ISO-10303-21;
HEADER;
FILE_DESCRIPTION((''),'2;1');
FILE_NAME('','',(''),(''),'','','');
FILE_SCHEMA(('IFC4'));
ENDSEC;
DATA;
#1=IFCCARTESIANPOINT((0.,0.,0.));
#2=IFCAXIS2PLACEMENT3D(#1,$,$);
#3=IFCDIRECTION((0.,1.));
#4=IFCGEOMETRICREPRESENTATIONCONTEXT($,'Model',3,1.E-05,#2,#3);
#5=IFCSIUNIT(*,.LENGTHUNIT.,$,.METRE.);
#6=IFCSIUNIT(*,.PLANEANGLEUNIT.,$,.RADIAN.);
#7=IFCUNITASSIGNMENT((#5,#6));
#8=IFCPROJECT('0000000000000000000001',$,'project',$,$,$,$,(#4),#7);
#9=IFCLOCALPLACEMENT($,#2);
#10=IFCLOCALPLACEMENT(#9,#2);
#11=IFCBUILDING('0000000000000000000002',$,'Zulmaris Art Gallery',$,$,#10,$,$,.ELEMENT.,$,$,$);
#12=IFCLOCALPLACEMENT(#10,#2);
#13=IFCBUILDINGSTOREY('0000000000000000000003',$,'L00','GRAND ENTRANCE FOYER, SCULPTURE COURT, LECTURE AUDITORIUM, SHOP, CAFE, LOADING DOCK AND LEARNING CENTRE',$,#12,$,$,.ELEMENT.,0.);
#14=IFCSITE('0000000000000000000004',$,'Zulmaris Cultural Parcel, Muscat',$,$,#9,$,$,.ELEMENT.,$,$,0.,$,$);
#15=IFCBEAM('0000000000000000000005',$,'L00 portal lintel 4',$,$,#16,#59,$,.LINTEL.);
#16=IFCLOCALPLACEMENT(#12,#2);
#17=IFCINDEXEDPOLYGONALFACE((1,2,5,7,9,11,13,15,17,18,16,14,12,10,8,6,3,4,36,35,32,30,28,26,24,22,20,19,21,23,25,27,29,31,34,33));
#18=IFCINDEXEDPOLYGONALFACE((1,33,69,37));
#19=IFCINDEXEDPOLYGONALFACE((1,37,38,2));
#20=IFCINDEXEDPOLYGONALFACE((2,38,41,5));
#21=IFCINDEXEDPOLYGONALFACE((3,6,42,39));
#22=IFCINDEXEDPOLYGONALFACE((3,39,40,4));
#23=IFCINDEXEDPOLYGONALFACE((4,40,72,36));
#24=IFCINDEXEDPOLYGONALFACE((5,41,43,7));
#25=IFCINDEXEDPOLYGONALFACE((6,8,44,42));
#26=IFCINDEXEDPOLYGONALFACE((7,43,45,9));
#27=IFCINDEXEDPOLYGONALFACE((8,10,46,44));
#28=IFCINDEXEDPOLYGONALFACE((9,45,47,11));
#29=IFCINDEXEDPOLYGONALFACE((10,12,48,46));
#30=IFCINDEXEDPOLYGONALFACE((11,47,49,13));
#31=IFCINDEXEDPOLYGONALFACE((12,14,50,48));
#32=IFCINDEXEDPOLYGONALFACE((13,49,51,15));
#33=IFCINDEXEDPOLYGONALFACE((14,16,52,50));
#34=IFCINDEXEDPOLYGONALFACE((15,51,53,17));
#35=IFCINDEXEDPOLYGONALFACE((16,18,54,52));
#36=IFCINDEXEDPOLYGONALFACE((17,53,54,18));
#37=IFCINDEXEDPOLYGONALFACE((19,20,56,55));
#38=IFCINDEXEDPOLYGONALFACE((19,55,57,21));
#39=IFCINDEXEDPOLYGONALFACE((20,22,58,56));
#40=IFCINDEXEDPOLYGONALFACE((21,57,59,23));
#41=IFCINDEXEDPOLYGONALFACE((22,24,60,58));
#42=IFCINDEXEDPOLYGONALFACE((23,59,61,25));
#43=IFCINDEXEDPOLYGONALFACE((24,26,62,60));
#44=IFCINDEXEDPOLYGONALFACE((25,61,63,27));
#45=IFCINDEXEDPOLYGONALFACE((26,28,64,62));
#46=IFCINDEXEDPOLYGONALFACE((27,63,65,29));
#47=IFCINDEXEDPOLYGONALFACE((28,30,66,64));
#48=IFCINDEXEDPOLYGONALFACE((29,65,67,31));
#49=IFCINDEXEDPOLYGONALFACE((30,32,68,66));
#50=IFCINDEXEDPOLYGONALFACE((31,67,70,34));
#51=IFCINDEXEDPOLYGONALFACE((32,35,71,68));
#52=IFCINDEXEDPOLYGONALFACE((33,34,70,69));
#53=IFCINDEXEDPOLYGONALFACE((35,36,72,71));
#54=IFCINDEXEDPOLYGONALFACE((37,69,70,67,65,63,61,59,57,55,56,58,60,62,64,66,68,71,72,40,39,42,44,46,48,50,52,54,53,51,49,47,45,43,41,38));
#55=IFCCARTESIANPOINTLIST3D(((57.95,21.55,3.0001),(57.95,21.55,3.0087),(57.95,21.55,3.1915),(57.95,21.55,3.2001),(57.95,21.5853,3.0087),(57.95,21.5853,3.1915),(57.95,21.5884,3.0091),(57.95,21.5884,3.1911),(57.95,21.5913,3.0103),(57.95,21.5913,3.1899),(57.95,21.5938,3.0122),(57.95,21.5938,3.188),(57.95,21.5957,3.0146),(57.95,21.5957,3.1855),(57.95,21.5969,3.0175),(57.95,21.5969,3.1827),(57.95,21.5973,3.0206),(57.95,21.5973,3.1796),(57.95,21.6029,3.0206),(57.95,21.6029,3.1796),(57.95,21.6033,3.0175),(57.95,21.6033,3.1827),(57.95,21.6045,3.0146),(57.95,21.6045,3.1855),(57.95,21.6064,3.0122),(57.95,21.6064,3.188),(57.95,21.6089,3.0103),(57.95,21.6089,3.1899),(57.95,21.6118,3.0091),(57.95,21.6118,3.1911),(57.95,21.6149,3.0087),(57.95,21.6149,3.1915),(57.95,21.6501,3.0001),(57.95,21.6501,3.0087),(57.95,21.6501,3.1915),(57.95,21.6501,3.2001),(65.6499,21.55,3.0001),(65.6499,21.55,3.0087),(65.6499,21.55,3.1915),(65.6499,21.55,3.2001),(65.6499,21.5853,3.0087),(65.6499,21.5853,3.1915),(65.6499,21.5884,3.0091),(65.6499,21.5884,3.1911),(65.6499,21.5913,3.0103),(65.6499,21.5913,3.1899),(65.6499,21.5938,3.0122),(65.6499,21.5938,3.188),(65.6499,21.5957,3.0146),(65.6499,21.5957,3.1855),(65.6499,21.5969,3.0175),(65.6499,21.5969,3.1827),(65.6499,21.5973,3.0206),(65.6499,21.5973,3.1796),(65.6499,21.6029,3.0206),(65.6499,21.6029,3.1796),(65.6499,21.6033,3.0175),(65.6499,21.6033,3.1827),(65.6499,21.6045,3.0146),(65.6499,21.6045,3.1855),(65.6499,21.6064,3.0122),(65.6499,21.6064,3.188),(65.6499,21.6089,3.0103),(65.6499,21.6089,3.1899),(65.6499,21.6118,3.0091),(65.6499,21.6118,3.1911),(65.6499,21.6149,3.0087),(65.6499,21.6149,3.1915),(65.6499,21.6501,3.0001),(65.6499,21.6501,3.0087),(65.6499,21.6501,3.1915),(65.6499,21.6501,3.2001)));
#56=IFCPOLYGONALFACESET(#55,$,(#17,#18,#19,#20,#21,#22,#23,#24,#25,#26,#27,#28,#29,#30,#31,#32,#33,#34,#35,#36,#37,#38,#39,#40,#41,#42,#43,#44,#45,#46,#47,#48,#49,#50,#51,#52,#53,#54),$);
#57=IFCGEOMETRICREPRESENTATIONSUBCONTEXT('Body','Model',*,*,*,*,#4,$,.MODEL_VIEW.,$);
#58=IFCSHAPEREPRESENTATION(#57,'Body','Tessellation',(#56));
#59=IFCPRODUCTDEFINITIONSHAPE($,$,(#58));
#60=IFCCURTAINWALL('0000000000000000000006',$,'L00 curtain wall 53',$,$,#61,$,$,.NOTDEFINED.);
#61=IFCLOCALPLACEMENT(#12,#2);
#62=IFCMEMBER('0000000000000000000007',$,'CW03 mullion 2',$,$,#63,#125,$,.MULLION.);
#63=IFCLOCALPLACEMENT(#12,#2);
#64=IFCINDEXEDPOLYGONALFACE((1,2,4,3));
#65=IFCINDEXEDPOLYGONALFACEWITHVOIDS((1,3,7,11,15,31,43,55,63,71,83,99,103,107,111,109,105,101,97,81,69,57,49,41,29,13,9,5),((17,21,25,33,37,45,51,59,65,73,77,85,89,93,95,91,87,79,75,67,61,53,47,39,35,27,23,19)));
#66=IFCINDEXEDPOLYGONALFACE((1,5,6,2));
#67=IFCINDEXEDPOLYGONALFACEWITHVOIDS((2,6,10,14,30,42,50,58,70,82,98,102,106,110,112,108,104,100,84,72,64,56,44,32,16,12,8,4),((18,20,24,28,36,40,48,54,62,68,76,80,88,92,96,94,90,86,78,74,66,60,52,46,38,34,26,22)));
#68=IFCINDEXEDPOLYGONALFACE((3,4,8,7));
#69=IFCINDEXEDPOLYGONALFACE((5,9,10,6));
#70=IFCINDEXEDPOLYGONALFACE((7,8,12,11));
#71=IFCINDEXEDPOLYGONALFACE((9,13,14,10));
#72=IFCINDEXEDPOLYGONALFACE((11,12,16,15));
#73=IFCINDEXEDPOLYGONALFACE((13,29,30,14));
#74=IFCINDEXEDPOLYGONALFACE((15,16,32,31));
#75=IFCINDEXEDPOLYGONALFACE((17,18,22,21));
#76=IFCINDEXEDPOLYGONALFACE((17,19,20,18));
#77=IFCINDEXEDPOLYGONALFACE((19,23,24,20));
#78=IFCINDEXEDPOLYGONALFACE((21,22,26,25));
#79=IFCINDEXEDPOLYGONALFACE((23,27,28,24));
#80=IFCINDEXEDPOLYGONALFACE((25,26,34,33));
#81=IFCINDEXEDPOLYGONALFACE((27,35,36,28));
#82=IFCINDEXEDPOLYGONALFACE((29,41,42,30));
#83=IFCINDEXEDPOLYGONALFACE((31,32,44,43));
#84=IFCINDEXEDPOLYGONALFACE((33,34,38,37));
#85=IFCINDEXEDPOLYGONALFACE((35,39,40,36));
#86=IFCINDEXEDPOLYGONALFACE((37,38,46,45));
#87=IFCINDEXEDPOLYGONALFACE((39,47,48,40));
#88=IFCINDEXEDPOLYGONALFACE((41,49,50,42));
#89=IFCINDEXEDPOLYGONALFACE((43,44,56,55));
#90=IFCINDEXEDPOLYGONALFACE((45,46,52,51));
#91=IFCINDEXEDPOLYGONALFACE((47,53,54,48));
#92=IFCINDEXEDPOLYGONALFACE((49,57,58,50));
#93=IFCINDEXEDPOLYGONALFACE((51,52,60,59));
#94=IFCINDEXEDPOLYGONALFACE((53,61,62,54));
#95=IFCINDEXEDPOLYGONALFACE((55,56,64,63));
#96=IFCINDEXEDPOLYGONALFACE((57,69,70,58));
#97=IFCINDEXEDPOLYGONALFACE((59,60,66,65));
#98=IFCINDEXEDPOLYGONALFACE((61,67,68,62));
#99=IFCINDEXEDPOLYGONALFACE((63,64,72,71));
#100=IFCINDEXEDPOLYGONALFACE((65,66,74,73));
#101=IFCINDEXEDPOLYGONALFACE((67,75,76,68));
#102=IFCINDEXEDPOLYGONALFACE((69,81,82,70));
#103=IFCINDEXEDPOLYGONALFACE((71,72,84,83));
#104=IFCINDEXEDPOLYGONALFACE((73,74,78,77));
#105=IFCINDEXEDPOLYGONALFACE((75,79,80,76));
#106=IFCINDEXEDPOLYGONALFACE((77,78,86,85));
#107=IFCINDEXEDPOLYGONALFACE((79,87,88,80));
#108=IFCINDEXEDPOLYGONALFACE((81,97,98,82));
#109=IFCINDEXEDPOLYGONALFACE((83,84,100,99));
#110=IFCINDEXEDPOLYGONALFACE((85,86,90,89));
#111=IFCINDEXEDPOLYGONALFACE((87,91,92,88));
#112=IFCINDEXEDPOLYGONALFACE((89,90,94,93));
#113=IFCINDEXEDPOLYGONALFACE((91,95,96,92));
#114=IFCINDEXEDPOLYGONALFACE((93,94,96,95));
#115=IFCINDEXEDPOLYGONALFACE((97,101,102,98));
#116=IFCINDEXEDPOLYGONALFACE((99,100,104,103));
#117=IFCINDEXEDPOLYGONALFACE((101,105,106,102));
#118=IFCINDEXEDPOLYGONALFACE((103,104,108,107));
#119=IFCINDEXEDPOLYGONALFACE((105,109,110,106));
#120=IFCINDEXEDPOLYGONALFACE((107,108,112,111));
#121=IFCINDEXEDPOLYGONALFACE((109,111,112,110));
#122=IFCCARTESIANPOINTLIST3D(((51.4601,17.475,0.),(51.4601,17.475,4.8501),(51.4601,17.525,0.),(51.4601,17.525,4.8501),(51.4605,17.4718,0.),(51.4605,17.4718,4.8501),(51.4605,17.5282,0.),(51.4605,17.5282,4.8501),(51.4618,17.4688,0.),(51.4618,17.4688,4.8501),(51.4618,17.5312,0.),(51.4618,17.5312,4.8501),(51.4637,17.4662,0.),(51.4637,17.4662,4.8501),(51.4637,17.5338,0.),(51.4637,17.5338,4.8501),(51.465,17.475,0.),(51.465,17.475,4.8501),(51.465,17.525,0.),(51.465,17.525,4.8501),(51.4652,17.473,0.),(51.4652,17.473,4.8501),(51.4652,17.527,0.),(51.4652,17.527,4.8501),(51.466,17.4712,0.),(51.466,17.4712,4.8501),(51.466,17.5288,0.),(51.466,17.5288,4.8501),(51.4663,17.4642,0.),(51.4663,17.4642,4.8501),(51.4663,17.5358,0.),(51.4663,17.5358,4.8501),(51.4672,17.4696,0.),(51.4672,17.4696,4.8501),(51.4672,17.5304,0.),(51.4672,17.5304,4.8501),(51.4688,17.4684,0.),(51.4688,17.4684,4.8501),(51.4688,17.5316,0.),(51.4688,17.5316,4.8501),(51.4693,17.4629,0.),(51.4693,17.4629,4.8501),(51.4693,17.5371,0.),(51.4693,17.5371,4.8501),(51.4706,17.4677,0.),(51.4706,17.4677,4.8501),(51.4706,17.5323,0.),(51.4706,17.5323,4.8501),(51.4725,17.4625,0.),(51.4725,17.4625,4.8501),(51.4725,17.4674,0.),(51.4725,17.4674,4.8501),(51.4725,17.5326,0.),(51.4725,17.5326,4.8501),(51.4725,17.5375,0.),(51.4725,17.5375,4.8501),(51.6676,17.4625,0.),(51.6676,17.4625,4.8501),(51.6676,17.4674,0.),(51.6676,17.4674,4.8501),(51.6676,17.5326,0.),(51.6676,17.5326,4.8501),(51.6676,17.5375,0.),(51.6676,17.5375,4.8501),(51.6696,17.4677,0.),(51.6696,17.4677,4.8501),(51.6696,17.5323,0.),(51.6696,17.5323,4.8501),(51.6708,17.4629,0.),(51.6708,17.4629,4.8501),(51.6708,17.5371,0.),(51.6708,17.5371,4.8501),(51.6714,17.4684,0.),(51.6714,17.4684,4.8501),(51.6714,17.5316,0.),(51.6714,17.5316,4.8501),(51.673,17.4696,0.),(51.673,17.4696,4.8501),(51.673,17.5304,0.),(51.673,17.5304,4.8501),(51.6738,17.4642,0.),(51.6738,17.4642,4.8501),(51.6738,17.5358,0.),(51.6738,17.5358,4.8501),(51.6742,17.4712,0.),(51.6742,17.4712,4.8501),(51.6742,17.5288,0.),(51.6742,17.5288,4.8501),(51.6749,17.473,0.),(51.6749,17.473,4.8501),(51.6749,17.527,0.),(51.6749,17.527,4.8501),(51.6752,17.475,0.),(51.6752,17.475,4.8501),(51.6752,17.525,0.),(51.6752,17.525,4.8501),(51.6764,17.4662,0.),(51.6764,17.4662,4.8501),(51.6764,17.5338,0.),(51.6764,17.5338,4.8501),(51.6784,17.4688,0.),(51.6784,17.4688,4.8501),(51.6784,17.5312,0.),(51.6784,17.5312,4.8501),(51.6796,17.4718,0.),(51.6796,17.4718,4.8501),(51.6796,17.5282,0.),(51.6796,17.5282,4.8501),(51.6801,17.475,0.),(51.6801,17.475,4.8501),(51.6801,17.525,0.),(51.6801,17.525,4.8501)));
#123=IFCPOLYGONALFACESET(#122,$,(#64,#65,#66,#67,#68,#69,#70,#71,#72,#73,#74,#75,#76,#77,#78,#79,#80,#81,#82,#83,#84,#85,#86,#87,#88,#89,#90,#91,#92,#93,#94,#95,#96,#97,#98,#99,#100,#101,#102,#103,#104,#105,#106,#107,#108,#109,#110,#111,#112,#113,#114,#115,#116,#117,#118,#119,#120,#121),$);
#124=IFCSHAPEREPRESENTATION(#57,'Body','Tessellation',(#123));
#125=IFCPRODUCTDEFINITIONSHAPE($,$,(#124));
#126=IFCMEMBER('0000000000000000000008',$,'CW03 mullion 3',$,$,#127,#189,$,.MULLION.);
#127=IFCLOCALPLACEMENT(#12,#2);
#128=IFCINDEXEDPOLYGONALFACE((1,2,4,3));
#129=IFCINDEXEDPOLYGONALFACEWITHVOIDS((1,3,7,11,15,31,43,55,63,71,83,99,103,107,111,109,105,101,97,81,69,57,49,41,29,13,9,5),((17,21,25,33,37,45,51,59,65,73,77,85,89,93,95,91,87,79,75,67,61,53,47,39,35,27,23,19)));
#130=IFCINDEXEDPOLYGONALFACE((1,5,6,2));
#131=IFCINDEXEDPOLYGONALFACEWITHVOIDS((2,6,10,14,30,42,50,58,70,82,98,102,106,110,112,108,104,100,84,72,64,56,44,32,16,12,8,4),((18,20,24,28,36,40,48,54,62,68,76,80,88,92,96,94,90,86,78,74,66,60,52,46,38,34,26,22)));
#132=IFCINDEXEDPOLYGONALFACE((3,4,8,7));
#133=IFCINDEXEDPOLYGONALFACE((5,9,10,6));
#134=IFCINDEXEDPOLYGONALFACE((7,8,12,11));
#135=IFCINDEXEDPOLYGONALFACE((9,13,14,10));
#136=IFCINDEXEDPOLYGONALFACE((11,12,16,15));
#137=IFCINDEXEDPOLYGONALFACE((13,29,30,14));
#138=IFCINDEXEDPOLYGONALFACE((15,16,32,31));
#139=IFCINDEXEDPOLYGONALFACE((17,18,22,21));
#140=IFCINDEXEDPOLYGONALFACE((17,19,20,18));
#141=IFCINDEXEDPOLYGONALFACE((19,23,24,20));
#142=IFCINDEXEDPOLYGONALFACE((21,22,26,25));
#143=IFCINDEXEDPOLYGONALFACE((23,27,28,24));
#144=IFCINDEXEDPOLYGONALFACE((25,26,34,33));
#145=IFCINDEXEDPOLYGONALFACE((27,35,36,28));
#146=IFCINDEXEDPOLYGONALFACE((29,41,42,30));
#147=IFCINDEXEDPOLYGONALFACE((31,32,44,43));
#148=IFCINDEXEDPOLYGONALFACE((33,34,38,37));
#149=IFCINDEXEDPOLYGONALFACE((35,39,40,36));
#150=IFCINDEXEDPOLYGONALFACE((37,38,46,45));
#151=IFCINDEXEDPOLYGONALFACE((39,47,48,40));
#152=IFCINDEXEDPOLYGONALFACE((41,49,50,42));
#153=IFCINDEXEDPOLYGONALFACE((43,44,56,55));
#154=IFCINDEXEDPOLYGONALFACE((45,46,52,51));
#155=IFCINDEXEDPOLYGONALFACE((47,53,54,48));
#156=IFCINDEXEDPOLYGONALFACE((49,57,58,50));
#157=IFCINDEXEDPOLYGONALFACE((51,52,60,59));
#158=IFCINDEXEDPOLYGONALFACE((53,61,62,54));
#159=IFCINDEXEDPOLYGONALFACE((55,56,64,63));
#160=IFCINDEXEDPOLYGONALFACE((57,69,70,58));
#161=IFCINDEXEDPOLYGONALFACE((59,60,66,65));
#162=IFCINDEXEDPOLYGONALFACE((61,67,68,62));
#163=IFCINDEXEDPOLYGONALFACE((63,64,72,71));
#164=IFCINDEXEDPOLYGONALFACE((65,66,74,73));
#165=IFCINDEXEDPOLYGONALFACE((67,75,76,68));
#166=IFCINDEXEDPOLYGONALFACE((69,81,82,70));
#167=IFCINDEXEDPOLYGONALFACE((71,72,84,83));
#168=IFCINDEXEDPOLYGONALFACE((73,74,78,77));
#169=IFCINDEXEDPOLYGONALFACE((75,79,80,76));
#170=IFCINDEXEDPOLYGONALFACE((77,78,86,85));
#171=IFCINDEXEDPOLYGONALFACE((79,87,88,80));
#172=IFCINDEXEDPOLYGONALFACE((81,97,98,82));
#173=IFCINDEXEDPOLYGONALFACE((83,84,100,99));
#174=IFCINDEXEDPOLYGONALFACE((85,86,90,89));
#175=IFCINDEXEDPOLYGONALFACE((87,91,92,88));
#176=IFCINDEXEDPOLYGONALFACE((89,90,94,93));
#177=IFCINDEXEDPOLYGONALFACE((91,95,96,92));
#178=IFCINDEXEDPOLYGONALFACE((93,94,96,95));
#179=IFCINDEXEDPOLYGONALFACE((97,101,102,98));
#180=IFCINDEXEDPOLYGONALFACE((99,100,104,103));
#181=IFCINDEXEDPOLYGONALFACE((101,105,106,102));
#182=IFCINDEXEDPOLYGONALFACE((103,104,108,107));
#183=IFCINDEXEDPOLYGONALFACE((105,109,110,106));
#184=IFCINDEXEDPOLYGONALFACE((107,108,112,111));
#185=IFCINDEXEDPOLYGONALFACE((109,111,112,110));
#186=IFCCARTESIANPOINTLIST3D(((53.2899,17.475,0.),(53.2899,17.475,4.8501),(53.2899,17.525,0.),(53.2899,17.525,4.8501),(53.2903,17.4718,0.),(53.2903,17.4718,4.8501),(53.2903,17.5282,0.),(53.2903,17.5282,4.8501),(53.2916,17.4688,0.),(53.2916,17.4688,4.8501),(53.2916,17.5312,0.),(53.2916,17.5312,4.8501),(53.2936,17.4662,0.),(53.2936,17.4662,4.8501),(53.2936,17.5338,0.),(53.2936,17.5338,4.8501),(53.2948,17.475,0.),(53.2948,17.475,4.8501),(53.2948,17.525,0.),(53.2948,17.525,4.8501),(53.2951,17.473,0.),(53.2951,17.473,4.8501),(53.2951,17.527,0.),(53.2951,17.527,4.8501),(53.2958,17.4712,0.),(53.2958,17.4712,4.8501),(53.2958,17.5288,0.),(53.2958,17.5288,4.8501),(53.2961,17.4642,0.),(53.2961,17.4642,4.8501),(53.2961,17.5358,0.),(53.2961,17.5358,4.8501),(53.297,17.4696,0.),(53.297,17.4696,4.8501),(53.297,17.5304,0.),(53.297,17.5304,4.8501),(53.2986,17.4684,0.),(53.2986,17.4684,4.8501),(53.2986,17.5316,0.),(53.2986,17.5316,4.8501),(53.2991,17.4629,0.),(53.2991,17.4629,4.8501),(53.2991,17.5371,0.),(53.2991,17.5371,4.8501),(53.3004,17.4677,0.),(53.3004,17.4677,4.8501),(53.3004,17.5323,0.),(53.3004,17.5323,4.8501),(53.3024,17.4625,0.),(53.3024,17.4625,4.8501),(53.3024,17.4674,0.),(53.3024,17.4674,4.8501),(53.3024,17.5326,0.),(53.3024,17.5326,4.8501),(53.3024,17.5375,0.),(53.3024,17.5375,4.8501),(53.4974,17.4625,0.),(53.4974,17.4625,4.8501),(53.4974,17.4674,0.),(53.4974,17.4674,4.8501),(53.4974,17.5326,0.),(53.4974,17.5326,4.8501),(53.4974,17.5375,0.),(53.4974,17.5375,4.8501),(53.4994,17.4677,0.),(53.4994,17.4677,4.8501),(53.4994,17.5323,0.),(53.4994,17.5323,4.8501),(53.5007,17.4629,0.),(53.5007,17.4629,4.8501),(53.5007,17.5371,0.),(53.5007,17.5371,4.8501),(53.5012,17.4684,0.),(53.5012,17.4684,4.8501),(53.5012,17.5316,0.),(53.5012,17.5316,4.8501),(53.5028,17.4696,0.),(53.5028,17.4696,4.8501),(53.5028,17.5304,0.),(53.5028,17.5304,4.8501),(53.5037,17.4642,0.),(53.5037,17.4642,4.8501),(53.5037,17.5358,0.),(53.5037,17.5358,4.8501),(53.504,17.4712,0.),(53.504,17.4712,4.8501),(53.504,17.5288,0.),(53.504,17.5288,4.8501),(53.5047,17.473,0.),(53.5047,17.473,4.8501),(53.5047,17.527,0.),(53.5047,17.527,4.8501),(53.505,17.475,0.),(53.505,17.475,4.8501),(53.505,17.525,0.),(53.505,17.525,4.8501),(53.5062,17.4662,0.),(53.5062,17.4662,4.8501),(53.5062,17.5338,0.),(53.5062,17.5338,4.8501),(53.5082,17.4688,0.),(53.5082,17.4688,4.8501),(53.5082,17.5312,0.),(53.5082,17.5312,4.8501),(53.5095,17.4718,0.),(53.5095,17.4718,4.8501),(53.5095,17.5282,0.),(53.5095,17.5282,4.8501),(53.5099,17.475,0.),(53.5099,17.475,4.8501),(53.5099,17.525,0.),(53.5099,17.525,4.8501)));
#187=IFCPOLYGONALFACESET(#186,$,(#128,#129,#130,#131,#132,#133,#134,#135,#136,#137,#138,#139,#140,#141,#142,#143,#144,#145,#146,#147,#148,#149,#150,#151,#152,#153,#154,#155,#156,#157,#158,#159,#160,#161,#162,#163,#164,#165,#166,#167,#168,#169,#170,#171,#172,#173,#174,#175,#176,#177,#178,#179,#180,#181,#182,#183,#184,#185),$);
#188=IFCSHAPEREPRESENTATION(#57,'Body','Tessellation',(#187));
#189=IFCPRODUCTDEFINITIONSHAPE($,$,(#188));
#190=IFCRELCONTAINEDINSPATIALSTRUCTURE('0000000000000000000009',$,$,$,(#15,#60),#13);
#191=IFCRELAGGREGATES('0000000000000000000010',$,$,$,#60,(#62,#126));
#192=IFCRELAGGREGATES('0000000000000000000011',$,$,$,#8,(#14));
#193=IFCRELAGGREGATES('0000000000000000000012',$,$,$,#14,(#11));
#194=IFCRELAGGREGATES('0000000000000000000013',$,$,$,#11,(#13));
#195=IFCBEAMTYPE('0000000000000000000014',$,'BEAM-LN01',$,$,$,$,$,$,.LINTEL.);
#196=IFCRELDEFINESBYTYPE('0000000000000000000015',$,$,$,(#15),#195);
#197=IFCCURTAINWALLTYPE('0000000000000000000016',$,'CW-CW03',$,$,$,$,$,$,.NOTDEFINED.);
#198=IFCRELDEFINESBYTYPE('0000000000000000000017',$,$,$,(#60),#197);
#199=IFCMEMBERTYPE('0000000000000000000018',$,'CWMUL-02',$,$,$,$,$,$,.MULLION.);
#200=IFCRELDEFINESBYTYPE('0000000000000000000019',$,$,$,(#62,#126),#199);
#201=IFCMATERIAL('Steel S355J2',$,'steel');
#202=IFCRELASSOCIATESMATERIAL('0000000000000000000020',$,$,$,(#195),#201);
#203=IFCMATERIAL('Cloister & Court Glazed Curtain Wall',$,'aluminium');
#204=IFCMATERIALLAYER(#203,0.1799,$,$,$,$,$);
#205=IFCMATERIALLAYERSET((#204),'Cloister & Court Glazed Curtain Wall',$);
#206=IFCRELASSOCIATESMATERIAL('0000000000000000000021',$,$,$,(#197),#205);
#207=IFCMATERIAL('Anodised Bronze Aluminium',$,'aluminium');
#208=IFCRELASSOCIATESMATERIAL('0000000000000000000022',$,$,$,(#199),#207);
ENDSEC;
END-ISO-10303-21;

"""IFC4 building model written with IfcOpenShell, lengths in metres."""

from ifc_helpers import new_model, si_unit, direction, frame, origin, origin_2d, place, context, subcontext, project, spatial, hollow_rectangle, i_section, extrude, material, layer, layer_set, material_profile, profile_set, type_object, element, aggregate, save


model = new_model("IFC4")

# Units and contexts
model_context = context("Model", 3, precision=1e-05, world=origin(), true_north=direction((0.0, 1.0)))
body_context = subcontext(model_context, "Body", "Model", "MODEL_VIEW")
ifc_project = project(units=[si_unit("LENGTHUNIT", "METRE"), si_unit("PLANEANGLEUNIT", "RADIAN")], contexts=[model_context])

# Site, building, storey
site_placement = place(None, origin())
site = spatial("IfcSite", under=ifc_project, at=site_placement, Name="Zulmaris Cultural Parcel, Muscat", CompositionType="ELEMENT", RefElevation=0.0)
building_placement = place(site_placement, origin())
building = spatial("IfcBuilding", under=site, at=building_placement, Name="Zulmaris Art Gallery", CompositionType="ELEMENT")
storey_placement = place(building_placement, origin())
storey = spatial("IfcBuildingStorey", under=building, at=storey_placement, Name="L00", Description="GRAND ENTRANCE FOYER, SCULPTURE COURT, LECTURE AUDITORIUM, SHOP, CAFE, LOADING DOCK AND LEARNING CENTRE", CompositionType="ELEMENT", Elevation=0.0)

# Beam
ifc_material_1 = material(Name="Steel S355J2", Category="steel")
ifc_material_profile_1 = material_profile(ifc_material_1, i_section(OverallWidth=0.1001, OverallDepth=0.2, WebThickness=0.0056, FlangeThickness=0.0085, FilletRadius=0.012, at=origin_2d()), Name="IPE 200")
ifc_profile_set_1 = profile_set([ifc_material_profile_1], Name="Steel S355J2")
beam_type = type_object("IfcBeamType", Name="BEAM-LN01", PredefinedType="LINTEL", material=ifc_profile_set_1)
beam_placement = place(storey_placement, frame((57.95, 21.6001, 3.1001), z_axis=(1.0, 0.0, 0.0), x_axis=(0.0, 1.0, 0.0)))
element("IfcBeam", 1, at=beam_placement, inside=storey, type_object=beam_type, Name="L00 portal lintel 4", PredefinedType="LINTEL", context=body_context, shape_type="SweptSolid", body=[
    extrude(i_section(OverallWidth=0.1001, OverallDepth=0.2, WebThickness=0.0056, FlangeThickness=0.0085, FilletRadius=0.012, at=origin_2d()), origin(), (0.0, 0.0, 1.0), 7.7),
])

# Curtain wall, members
ifc_material_2 = material(Name="Cloister & Court Glazed Curtain Wall", Category="aluminium")
ifc_layer_1 = layer(ifc_material_2, 0.1799)
ifc_layer_set_1 = layer_set([ifc_layer_1], Name="Cloister & Court Glazed Curtain Wall")
curtain_wall_type = type_object("IfcCurtainWallType", Name="CW-CW03", PredefinedType="NOTDEFINED", material=ifc_layer_set_1)
curtain_wall_placement = place(storey_placement, origin())
curtain_wall = element("IfcCurtainWall", 2, at=curtain_wall_placement, inside=storey, type_object=curtain_wall_type, Name="L00 curtain wall 53", PredefinedType="NOTDEFINED")
ifc_material_3 = material(Name="Anodised Bronze Aluminium", Category="aluminium")
ifc_material_profile_2 = material_profile(ifc_material_3, hollow_rectangle(XDim=0.075, YDim=0.22, WallThickness=0.0049, InnerFilletRadius=0.0076, OuterFilletRadius=0.0125, at=origin_2d()), Name="ALU 75x220x5")
ifc_profile_set_2 = profile_set([ifc_material_profile_2], Name="Anodised Bronze Aluminium")
member_type_1 = type_object("IfcMemberType", Name="CWMUL-02", PredefinedType="MULLION", material=ifc_profile_set_2)
member_1_placement = place(storey_placement, frame((51.5701, 17.5, 0.0), z_axis=(0.0, 0.0, 1.0), x_axis=(0.0, 1.0, 0.0)))
member_1 = element("IfcMember", 3, at=member_1_placement, type_object=member_type_1, Name="CW03 mullion 2", PredefinedType="MULLION", context=body_context, shape_type="SweptSolid", body=[
    extrude(hollow_rectangle(XDim=0.075, YDim=0.22, WallThickness=0.0049, InnerFilletRadius=0.0076, OuterFilletRadius=0.0125, at=origin_2d()), origin(), (0.0, 0.0, 1.0), 4.8501),
])
member_2_placement = place(storey_placement, frame((53.3999, 17.5, 0.0), z_axis=(0.0, 0.0, 1.0), x_axis=(0.0, 1.0, 0.0)))
member_2 = element("IfcMember", 4, at=member_2_placement, type_object=member_type_1, Name="CW03 mullion 3", PredefinedType="MULLION", context=body_context, shape_type="SweptSolid", body=[
    extrude(hollow_rectangle(XDim=0.075, YDim=0.22, WallThickness=0.0049, InnerFilletRadius=0.0076, OuterFilletRadius=0.0125, at=origin_2d()), origin(), (0.0, 0.0, 1.0), 4.8501),
])
aggregate(curtain_wall, [member_1, member_2])

save(model, "model.ifc")
